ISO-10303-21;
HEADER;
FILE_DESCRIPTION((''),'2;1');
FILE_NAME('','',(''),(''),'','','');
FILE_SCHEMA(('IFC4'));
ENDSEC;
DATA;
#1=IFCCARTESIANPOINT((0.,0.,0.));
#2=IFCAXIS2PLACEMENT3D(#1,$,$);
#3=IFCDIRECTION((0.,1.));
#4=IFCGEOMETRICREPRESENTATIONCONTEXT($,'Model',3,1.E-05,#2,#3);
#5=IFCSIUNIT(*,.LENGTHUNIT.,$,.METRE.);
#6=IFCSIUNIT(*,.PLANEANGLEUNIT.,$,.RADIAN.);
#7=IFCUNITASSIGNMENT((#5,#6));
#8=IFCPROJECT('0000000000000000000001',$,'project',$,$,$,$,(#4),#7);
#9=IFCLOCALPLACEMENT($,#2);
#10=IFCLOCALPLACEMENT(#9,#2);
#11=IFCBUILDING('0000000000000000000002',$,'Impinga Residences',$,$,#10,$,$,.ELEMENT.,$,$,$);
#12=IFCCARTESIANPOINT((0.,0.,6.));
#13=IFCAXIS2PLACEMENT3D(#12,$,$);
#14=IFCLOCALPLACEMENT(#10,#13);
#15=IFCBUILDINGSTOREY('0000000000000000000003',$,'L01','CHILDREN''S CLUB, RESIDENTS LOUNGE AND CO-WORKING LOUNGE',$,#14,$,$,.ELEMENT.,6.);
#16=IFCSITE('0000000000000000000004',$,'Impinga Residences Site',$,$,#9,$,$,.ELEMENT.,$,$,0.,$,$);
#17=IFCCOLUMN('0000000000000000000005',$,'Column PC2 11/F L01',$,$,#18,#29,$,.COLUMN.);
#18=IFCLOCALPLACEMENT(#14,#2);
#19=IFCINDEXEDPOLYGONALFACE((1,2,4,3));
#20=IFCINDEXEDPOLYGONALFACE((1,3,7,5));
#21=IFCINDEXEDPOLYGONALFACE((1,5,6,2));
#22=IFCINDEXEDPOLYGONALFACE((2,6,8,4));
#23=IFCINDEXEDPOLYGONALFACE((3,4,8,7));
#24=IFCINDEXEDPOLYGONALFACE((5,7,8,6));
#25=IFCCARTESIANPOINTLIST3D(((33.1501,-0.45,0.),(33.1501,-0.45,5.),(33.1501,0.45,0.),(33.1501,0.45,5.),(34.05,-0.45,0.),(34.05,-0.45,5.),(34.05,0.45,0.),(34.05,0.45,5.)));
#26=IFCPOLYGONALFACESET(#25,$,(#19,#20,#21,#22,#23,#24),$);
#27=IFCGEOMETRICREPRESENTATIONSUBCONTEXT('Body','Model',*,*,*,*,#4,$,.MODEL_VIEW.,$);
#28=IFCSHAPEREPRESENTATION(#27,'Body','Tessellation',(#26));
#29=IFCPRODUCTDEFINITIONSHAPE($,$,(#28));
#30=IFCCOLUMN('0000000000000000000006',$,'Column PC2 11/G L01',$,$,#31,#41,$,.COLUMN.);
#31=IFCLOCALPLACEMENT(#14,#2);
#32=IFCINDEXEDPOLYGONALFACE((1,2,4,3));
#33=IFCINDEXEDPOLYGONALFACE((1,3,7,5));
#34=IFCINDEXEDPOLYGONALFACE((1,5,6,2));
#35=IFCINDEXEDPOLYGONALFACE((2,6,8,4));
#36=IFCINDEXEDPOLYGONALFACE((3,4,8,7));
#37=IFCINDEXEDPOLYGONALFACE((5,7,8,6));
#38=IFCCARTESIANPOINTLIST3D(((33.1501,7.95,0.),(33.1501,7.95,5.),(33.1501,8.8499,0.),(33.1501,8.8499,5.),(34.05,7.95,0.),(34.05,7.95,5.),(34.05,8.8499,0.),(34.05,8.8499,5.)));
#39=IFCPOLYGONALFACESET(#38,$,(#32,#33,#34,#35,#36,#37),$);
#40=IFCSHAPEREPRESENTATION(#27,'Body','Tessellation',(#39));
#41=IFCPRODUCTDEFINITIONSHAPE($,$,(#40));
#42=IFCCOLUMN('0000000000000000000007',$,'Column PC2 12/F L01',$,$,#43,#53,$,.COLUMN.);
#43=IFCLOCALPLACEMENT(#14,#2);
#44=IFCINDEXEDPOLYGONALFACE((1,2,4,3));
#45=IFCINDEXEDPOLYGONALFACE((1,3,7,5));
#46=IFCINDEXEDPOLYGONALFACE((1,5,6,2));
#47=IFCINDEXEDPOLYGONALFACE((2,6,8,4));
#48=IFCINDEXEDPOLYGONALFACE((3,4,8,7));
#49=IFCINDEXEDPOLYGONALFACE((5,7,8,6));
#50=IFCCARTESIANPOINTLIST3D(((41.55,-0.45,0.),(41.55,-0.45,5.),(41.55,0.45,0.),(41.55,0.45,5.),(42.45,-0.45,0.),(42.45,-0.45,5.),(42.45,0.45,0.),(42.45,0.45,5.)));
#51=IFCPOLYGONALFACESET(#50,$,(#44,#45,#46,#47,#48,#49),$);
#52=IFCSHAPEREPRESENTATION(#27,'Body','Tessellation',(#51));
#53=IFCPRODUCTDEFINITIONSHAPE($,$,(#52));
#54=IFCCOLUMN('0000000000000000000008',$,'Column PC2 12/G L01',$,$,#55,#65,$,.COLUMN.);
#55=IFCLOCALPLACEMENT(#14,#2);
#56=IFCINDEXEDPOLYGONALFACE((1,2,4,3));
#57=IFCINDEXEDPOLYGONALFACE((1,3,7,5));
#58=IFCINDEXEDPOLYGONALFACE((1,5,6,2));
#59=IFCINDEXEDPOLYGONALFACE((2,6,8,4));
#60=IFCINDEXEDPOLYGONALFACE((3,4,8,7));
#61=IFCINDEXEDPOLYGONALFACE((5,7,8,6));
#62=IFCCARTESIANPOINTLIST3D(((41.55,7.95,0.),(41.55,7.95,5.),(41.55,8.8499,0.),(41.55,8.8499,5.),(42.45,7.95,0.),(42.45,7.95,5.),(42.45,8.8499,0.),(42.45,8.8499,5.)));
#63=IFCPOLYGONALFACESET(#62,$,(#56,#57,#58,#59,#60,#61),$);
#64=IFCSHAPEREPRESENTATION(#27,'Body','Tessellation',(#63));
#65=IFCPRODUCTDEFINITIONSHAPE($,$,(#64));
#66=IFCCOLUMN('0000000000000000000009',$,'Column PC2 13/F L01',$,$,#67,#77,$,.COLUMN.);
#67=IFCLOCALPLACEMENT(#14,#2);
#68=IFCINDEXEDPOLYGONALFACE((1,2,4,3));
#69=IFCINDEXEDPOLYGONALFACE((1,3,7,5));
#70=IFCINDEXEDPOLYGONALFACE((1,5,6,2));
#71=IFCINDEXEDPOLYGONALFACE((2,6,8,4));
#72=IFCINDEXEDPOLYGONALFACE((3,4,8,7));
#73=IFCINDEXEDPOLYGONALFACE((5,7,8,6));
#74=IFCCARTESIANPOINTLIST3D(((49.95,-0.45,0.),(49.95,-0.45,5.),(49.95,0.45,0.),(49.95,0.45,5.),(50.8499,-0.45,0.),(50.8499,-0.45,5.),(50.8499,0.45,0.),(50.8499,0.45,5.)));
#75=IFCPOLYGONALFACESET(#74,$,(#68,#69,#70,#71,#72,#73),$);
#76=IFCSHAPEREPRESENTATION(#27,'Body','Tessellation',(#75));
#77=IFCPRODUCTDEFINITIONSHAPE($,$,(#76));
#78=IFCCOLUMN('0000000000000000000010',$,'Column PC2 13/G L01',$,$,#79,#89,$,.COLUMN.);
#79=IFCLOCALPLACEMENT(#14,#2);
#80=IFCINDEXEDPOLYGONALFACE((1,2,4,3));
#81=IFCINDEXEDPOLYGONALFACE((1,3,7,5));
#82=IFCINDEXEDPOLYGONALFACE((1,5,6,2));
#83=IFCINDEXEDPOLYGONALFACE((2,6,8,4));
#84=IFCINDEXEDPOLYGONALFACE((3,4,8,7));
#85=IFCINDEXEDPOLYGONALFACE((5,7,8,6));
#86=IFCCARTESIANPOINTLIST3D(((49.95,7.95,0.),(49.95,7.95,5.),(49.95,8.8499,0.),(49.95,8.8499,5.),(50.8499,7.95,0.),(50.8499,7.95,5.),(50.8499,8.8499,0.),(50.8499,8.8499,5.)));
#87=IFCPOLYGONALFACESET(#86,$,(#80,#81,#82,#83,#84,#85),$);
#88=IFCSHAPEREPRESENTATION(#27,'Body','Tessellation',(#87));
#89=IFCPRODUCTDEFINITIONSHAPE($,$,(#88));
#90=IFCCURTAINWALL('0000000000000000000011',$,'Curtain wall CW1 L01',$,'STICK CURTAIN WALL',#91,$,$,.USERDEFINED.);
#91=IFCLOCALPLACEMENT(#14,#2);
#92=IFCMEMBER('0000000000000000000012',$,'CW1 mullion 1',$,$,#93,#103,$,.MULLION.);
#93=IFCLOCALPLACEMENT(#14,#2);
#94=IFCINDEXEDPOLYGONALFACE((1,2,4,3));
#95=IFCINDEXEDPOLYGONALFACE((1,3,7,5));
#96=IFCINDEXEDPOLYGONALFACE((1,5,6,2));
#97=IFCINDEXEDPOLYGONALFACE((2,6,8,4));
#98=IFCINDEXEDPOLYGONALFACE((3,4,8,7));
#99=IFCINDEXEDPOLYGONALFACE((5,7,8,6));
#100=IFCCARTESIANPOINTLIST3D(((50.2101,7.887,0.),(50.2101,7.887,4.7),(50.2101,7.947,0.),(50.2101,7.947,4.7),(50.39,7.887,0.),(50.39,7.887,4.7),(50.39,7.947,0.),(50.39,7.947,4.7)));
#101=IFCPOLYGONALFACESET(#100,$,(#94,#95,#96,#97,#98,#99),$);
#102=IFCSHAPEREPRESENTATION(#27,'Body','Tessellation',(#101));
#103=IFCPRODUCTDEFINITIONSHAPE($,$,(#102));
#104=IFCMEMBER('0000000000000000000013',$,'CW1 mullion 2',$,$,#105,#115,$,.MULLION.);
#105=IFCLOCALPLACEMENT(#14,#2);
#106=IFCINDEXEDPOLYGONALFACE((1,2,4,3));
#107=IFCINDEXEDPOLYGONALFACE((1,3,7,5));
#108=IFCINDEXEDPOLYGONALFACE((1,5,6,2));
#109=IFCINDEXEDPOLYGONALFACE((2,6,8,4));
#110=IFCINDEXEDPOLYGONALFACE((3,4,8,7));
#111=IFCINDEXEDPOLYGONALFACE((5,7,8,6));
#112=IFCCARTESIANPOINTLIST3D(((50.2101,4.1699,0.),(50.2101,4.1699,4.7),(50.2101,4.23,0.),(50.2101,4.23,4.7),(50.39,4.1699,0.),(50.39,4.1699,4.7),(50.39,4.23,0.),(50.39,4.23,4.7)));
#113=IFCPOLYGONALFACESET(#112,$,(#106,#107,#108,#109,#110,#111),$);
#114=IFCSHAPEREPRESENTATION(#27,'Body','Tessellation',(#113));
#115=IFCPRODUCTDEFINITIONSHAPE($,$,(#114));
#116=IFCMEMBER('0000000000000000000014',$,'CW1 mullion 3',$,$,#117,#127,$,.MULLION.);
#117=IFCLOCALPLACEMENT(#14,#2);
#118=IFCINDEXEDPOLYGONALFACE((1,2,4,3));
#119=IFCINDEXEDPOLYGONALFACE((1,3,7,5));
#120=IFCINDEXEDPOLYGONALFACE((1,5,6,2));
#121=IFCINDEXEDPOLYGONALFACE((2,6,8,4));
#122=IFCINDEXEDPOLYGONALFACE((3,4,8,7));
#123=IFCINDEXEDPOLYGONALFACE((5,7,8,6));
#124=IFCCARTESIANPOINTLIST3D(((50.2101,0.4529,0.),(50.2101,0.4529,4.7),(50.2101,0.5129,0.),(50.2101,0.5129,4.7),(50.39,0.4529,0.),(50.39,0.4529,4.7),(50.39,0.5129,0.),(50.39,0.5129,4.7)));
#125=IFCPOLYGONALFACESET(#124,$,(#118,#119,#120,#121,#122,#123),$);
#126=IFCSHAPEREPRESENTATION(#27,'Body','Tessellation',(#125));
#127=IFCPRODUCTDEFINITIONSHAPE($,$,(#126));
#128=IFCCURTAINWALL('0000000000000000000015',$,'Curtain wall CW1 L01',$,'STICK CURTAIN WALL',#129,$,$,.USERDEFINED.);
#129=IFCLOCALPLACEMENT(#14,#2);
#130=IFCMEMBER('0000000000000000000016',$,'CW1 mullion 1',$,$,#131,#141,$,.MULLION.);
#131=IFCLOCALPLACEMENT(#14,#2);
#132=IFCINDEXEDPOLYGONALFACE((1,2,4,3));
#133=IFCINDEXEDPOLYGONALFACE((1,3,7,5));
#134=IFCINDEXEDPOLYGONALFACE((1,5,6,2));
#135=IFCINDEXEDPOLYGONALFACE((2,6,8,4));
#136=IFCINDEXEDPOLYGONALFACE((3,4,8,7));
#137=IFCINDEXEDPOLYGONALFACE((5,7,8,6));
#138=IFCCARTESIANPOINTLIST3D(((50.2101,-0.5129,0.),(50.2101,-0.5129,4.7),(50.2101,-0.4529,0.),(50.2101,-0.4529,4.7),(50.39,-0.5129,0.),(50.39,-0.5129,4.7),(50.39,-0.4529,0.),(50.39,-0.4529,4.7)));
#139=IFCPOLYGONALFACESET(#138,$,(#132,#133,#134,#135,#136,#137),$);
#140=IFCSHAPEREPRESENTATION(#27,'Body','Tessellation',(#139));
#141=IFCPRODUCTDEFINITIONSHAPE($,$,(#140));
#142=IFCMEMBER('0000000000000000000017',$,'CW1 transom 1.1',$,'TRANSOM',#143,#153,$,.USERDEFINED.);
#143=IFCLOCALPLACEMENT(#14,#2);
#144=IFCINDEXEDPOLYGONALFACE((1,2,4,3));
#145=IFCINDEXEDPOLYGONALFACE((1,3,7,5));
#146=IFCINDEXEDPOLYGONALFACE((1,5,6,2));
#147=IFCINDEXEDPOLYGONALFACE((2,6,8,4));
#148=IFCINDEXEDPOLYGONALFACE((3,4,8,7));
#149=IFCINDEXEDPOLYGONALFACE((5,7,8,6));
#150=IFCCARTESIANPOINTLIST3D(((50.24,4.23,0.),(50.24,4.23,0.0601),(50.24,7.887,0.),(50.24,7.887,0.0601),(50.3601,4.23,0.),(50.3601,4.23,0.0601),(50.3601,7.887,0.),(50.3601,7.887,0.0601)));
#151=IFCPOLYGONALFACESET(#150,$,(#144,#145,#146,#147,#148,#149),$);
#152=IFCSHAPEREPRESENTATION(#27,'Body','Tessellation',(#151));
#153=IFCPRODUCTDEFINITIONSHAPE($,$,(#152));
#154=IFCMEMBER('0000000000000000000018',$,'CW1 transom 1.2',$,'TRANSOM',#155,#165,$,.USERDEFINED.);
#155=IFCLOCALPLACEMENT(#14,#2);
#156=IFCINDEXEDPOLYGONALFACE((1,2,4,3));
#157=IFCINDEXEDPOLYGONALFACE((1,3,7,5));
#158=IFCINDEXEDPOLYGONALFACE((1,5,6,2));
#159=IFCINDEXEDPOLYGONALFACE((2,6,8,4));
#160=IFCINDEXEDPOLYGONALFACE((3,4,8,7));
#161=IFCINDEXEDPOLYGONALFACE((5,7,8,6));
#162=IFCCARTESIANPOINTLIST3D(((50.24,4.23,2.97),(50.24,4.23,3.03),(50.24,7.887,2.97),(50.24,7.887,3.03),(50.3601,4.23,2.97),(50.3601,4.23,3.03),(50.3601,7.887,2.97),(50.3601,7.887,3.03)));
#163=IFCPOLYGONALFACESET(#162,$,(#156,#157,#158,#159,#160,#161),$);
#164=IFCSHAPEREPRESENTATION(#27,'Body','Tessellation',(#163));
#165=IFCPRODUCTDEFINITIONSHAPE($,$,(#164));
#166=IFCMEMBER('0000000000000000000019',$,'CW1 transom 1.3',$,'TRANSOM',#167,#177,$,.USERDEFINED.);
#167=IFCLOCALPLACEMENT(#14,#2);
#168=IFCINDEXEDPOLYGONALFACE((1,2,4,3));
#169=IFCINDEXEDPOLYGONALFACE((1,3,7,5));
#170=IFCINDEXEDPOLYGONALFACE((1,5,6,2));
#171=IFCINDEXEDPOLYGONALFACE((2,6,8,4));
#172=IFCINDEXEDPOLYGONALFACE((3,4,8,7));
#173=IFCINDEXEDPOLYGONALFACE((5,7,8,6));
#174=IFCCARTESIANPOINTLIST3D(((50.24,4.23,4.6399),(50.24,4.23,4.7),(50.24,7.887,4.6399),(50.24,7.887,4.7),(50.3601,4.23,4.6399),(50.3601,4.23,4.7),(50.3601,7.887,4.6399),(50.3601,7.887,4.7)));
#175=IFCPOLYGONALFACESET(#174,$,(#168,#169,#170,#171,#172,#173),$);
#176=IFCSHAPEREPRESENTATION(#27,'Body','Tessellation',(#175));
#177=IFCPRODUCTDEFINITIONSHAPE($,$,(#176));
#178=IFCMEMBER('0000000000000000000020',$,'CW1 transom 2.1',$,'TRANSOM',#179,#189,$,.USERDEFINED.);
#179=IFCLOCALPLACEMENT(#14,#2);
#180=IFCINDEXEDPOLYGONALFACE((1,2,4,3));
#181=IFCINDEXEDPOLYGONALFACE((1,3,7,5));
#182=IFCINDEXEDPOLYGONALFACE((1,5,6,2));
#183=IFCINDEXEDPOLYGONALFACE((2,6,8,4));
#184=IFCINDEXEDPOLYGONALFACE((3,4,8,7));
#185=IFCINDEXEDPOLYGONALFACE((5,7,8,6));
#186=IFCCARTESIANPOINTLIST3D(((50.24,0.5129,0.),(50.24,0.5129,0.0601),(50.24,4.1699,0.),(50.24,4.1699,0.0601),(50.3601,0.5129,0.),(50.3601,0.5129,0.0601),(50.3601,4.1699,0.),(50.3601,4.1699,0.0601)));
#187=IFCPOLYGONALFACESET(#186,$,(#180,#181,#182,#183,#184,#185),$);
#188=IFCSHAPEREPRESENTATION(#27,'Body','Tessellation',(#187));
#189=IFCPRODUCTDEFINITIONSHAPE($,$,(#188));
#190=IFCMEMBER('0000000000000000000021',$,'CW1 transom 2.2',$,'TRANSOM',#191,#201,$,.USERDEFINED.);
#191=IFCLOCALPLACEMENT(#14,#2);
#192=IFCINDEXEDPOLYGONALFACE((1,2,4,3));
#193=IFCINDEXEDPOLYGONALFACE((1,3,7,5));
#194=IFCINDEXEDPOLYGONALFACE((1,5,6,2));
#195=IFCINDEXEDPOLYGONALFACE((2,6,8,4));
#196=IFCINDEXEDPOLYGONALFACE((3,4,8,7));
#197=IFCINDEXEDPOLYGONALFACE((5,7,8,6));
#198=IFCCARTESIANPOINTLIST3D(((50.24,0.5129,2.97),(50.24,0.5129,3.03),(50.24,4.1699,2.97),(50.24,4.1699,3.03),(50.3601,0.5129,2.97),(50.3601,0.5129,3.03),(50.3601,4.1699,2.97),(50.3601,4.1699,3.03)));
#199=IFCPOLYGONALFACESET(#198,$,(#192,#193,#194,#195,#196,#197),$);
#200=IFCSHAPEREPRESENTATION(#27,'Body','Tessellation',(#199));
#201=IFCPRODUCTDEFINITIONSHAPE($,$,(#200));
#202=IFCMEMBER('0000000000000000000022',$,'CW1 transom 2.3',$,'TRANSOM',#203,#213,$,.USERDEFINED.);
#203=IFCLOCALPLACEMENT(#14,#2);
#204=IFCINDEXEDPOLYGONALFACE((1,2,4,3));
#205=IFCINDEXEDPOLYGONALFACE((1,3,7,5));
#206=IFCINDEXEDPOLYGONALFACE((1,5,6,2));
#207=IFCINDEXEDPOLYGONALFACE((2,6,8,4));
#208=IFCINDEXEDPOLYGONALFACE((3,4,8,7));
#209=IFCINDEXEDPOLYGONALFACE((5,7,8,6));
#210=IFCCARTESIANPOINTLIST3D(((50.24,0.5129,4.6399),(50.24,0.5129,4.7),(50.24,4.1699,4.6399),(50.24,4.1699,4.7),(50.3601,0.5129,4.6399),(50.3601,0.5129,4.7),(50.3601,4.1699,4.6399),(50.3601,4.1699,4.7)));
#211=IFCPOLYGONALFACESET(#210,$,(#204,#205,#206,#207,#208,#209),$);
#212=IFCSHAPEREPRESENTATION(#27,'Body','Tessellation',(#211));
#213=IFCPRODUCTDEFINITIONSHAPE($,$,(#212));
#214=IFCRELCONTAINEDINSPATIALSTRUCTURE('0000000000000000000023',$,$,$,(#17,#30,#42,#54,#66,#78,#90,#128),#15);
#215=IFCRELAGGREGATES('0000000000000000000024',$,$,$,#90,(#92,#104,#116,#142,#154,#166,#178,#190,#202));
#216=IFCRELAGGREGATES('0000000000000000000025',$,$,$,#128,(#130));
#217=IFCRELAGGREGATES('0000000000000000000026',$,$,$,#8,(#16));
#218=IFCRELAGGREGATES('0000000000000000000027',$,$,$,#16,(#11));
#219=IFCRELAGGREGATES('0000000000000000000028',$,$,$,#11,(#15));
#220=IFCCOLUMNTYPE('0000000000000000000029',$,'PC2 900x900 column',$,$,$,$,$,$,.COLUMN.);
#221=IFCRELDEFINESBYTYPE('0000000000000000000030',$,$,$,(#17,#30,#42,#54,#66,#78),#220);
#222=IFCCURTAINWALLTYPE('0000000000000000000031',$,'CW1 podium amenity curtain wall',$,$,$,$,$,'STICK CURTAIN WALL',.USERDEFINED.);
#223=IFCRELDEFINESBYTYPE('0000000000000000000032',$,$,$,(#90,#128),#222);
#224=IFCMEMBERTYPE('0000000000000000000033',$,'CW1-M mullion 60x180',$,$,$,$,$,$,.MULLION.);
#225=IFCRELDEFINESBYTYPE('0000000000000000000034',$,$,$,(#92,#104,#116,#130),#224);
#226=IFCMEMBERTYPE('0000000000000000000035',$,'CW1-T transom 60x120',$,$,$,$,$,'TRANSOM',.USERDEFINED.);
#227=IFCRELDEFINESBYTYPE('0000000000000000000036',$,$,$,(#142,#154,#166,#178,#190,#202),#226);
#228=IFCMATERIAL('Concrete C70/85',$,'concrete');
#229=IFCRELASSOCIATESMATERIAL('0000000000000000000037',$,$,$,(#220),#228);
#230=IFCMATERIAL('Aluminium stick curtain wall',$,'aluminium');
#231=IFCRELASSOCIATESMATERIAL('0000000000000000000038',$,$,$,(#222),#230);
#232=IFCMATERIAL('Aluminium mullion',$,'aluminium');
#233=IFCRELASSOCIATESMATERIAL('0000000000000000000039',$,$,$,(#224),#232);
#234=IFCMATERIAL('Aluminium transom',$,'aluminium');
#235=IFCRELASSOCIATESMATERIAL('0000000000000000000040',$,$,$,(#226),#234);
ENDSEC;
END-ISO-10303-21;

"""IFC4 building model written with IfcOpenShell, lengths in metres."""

from ifc_helpers import new_model, si_unit, direction, frame, origin, origin_2d, place, context, subcontext, project, spatial, rectangle, extrude, material, material_profile, profile_set, type_object, element, aggregate, save


model = new_model("IFC4")

# Units and contexts
model_context = context("Model", 3, precision=1e-05, world=origin(), true_north=direction((0.0, 1.0)))
body_context = subcontext(model_context, "Body", "Model", "MODEL_VIEW")
ifc_project = project(units=[si_unit("LENGTHUNIT", "METRE"), si_unit("PLANEANGLEUNIT", "RADIAN")], contexts=[model_context])

# Site, building, storey
site_placement = place(None, origin())
site = spatial("IfcSite", under=ifc_project, at=site_placement, Name="Impinga Residences Site", CompositionType="ELEMENT", RefElevation=0.0)
building_placement = place(site_placement, origin())
building = spatial("IfcBuilding", under=site, at=building_placement, Name="Impinga Residences", CompositionType="ELEMENT")
storey_placement = place(building_placement, frame((0.0, 0.0, 6.0)))
storey = spatial("IfcBuildingStorey", under=building, at=storey_placement, Name="L01", Description="CHILDREN'S CLUB, RESIDENTS LOUNGE AND CO-WORKING LOUNGE", CompositionType="ELEMENT", Elevation=6.0)

# Columns
ifc_material_1 = material(Name="Concrete C70/85", Category="concrete")
ifc_material_profile_1 = material_profile(ifc_material_1, rectangle(XDim=0.8999, YDim=0.8999, at=origin_2d()), Name="RC 900x900")
ifc_profile_set_1 = profile_set([ifc_material_profile_1], Name="Concrete C70/85")
column_type = type_object("IfcColumnType", Name="PC2 900x900 column", PredefinedType="COLUMN", material=ifc_profile_set_1)
for number, where, z_axis, x_axis, name in (
    (1, (33.6001, 0.0, 0.0), (0.0, 0.0, 1.0), (1.0, 0.0, 0.0), "Column PC2 11/F L01"),
    (2, (33.6001, 8.3999, 0.0), (0.0, 0.0, 1.0), (1.0, 0.0, 0.0), "Column PC2 11/G L01"),
    (3, (42.0, 0.0, 0.0), (0.0, 0.0, 1.0), (1.0, 0.0, 0.0), "Column PC2 12/F L01"),
    (4, (42.0, 8.3999, 0.0), (0.0, 0.0, 1.0), (1.0, 0.0, 0.0), "Column PC2 12/G L01"),
    (5, (50.3999, 0.0, 0.0), (0.0, 0.0, 1.0), (1.0, 0.0, 0.0), "Column PC2 13/F L01"),
    (6, (50.3999, 8.3999, 0.0), (0.0, 0.0, 1.0), (1.0, 0.0, 0.0), "Column PC2 13/G L01"),
):
    element("IfcColumn", number, at=place(storey_placement, frame(where, z_axis=z_axis, x_axis=x_axis)), inside=storey, type_object=column_type, Name=name, PredefinedType="COLUMN", context=body_context, shape_type="SweptSolid", body=[
        extrude(rectangle(XDim=0.8999, YDim=0.8999, at=origin_2d()), origin(), (0.0, 0.0, 1.0), 5.0),
    ])

# Curtain wall, members
ifc_material_2 = material(Name="Aluminium stick curtain wall", Category="aluminium")
curtain_wall_type = type_object("IfcCurtainWallType", Name="CW1 podium amenity curtain wall", ElementType="STICK CURTAIN WALL", PredefinedType="USERDEFINED", material=ifc_material_2)
curtain_wall_1_placement = place(storey_placement, origin())
curtain_wall_1 = element("IfcCurtainWall", 7, at=curtain_wall_1_placement, inside=storey, type_object=curtain_wall_type, Name="Curtain wall CW1 L01", ObjectType="STICK CURTAIN WALL", PredefinedType="USERDEFINED")
ifc_material_3 = material(Name="Aluminium mullion", Category="aluminium")
ifc_material_profile_2 = material_profile(ifc_material_3, rectangle(XDim=0.0601, YDim=0.1799, at=origin_2d()), Name="60x180 mullion")
ifc_profile_set_2 = profile_set([ifc_material_profile_2], Name="Aluminium mullion")
member_type_1 = type_object("IfcMemberType", Name="CW1-M mullion 60x180", PredefinedType="MULLION", material=ifc_profile_set_2)
member_1_placement = place(storey_placement, frame((50.3, 7.917, 0.0), z_axis=(0.0, 0.0, 1.0), x_axis=(0.0, -1.0, 0.0)))
member_1 = element("IfcMember", 8, at=member_1_placement, type_object=member_type_1, Name="CW1 mullion 1", PredefinedType="MULLION", context=body_context, shape_type="SweptSolid", body=[
    extrude(rectangle(XDim=0.0601, YDim=0.1799, at=origin_2d()), origin(), (0.0, 0.0, 1.0), 4.7),
])
member_2_placement = place(storey_placement, frame((50.3, 4.2, 0.0), z_axis=(0.0, 0.0, 1.0), x_axis=(0.0, -1.0, 0.0)))
member_2 = element("IfcMember", 9, at=member_2_placement, type_object=member_type_1, Name="CW1 mullion 2", PredefinedType="MULLION", context=body_context, shape_type="SweptSolid", body=[
    extrude(rectangle(XDim=0.0601, YDim=0.1799, at=origin_2d()), origin(), (0.0, 0.0, 1.0), 4.7),
])
member_3_placement = place(storey_placement, frame((50.3, 0.4829, 0.0), z_axis=(0.0, 0.0, 1.0), x_axis=(0.0, -1.0, 0.0)))
member_3 = element("IfcMember", 10, at=member_3_placement, type_object=member_type_1, Name="CW1 mullion 3", PredefinedType="MULLION", context=body_context, shape_type="SweptSolid", body=[
    extrude(rectangle(XDim=0.0601, YDim=0.1799, at=origin_2d()), origin(), (0.0, 0.0, 1.0), 4.7),
])

# Curtain wall, member
curtain_wall_2_placement = place(storey_placement, origin())
curtain_wall_2 = element("IfcCurtainWall", 11, at=curtain_wall_2_placement, inside=storey, type_object=curtain_wall_type, Name="Curtain wall CW1 L01", ObjectType="STICK CURTAIN WALL", PredefinedType="USERDEFINED")
member_4_placement = place(storey_placement, frame((50.3, -0.4829, 0.0), z_axis=(0.0, 0.0, 1.0), x_axis=(0.0, -1.0, 0.0)))
member_4 = element("IfcMember", 12, at=member_4_placement, type_object=member_type_1, Name="CW1 mullion 1", PredefinedType="MULLION", context=body_context, shape_type="SweptSolid", body=[
    extrude(rectangle(XDim=0.0601, YDim=0.1799, at=origin_2d()), origin(), (0.0, 0.0, 1.0), 4.7),
])

# Members
ifc_material_4 = material(Name="Aluminium transom", Category="aluminium")
ifc_material_profile_3 = material_profile(ifc_material_4, rectangle(XDim=0.0601, YDim=0.1201, at=origin_2d()), Name="60x120 transom")
ifc_profile_set_3 = profile_set([ifc_material_profile_3], Name="Aluminium transom")
member_type_2 = type_object("IfcMemberType", Name="CW1-T transom 60x120", ElementType="TRANSOM", PredefinedType="USERDEFINED", material=ifc_profile_set_3)
member_5_placement = place(storey_placement, frame((50.3, 7.887, 0.03), z_axis=(0.0, -1.0, 0.0), x_axis=(0.0, 0.0, 1.0)))
member_5 = element("IfcMember", 13, at=member_5_placement, type_object=member_type_2, Name="CW1 transom 1.1", ObjectType="TRANSOM", PredefinedType="USERDEFINED", context=body_context, shape_type="SweptSolid", body=[
    extrude(rectangle(XDim=0.0601, YDim=0.1201, at=origin_2d()), origin(), (0.0, 0.0, 1.0), 3.657),
])
member_6_placement = place(storey_placement, frame((50.3, 7.887, 3.0), z_axis=(0.0, -1.0, 0.0), x_axis=(0.0, 0.0, 1.0)))
member_6 = element("IfcMember", 14, at=member_6_placement, type_object=member_type_2, Name="CW1 transom 1.2", ObjectType="TRANSOM", PredefinedType="USERDEFINED", context=body_context, shape_type="SweptSolid", body=[
    extrude(rectangle(XDim=0.0601, YDim=0.1201, at=origin_2d()), origin(), (0.0, 0.0, 1.0), 3.657),
])
member_7_placement = place(storey_placement, frame((50.3, 7.887, 4.6699), z_axis=(0.0, -1.0, 0.0), x_axis=(0.0, 0.0, 1.0)))
member_7 = element("IfcMember", 15, at=member_7_placement, type_object=member_type_2, Name="CW1 transom 1.3", ObjectType="TRANSOM", PredefinedType="USERDEFINED", context=body_context, shape_type="SweptSolid", body=[
    extrude(rectangle(XDim=0.0601, YDim=0.1201, at=origin_2d()), origin(), (0.0, 0.0, 1.0), 3.657),
])
member_8_placement = place(storey_placement, frame((50.3, 4.1699, 0.03), z_axis=(0.0, -1.0, 0.0), x_axis=(0.0, 0.0, 1.0)))
member_8 = element("IfcMember", 16, at=member_8_placement, type_object=member_type_2, Name="CW1 transom 2.1", ObjectType="TRANSOM", PredefinedType="USERDEFINED", context=body_context, shape_type="SweptSolid", body=[
    extrude(rectangle(XDim=0.0601, YDim=0.1201, at=origin_2d()), origin(), (0.0, 0.0, 1.0), 3.657),
])
member_9_placement = place(storey_placement, frame((50.3, 4.1699, 3.0), z_axis=(0.0, -1.0, 0.0), x_axis=(0.0, 0.0, 1.0)))
member_9 = element("IfcMember", 17, at=member_9_placement, type_object=member_type_2, Name="CW1 transom 2.2", ObjectType="TRANSOM", PredefinedType="USERDEFINED", context=body_context, shape_type="SweptSolid", body=[
    extrude(rectangle(XDim=0.0601, YDim=0.1201, at=origin_2d()), origin(), (0.0, 0.0, 1.0), 3.657),
])
member_10_placement = place(storey_placement, frame((50.3, 4.1699, 4.6699), z_axis=(0.0, -1.0, 0.0), x_axis=(0.0, 0.0, 1.0)))
member_10 = element("IfcMember", 18, at=member_10_placement, type_object=member_type_2, Name="CW1 transom 2.3", ObjectType="TRANSOM", PredefinedType="USERDEFINED", context=body_context, shape_type="SweptSolid", body=[
    extrude(rectangle(XDim=0.0601, YDim=0.1201, at=origin_2d()), origin(), (0.0, 0.0, 1.0), 3.657),
])

aggregate(curtain_wall_1, [member_1, member_2, member_3, member_5, member_6, member_7, member_8, member_9, member_10])
aggregate(curtain_wall_2, [member_4])

save(model, "model.ifc")
